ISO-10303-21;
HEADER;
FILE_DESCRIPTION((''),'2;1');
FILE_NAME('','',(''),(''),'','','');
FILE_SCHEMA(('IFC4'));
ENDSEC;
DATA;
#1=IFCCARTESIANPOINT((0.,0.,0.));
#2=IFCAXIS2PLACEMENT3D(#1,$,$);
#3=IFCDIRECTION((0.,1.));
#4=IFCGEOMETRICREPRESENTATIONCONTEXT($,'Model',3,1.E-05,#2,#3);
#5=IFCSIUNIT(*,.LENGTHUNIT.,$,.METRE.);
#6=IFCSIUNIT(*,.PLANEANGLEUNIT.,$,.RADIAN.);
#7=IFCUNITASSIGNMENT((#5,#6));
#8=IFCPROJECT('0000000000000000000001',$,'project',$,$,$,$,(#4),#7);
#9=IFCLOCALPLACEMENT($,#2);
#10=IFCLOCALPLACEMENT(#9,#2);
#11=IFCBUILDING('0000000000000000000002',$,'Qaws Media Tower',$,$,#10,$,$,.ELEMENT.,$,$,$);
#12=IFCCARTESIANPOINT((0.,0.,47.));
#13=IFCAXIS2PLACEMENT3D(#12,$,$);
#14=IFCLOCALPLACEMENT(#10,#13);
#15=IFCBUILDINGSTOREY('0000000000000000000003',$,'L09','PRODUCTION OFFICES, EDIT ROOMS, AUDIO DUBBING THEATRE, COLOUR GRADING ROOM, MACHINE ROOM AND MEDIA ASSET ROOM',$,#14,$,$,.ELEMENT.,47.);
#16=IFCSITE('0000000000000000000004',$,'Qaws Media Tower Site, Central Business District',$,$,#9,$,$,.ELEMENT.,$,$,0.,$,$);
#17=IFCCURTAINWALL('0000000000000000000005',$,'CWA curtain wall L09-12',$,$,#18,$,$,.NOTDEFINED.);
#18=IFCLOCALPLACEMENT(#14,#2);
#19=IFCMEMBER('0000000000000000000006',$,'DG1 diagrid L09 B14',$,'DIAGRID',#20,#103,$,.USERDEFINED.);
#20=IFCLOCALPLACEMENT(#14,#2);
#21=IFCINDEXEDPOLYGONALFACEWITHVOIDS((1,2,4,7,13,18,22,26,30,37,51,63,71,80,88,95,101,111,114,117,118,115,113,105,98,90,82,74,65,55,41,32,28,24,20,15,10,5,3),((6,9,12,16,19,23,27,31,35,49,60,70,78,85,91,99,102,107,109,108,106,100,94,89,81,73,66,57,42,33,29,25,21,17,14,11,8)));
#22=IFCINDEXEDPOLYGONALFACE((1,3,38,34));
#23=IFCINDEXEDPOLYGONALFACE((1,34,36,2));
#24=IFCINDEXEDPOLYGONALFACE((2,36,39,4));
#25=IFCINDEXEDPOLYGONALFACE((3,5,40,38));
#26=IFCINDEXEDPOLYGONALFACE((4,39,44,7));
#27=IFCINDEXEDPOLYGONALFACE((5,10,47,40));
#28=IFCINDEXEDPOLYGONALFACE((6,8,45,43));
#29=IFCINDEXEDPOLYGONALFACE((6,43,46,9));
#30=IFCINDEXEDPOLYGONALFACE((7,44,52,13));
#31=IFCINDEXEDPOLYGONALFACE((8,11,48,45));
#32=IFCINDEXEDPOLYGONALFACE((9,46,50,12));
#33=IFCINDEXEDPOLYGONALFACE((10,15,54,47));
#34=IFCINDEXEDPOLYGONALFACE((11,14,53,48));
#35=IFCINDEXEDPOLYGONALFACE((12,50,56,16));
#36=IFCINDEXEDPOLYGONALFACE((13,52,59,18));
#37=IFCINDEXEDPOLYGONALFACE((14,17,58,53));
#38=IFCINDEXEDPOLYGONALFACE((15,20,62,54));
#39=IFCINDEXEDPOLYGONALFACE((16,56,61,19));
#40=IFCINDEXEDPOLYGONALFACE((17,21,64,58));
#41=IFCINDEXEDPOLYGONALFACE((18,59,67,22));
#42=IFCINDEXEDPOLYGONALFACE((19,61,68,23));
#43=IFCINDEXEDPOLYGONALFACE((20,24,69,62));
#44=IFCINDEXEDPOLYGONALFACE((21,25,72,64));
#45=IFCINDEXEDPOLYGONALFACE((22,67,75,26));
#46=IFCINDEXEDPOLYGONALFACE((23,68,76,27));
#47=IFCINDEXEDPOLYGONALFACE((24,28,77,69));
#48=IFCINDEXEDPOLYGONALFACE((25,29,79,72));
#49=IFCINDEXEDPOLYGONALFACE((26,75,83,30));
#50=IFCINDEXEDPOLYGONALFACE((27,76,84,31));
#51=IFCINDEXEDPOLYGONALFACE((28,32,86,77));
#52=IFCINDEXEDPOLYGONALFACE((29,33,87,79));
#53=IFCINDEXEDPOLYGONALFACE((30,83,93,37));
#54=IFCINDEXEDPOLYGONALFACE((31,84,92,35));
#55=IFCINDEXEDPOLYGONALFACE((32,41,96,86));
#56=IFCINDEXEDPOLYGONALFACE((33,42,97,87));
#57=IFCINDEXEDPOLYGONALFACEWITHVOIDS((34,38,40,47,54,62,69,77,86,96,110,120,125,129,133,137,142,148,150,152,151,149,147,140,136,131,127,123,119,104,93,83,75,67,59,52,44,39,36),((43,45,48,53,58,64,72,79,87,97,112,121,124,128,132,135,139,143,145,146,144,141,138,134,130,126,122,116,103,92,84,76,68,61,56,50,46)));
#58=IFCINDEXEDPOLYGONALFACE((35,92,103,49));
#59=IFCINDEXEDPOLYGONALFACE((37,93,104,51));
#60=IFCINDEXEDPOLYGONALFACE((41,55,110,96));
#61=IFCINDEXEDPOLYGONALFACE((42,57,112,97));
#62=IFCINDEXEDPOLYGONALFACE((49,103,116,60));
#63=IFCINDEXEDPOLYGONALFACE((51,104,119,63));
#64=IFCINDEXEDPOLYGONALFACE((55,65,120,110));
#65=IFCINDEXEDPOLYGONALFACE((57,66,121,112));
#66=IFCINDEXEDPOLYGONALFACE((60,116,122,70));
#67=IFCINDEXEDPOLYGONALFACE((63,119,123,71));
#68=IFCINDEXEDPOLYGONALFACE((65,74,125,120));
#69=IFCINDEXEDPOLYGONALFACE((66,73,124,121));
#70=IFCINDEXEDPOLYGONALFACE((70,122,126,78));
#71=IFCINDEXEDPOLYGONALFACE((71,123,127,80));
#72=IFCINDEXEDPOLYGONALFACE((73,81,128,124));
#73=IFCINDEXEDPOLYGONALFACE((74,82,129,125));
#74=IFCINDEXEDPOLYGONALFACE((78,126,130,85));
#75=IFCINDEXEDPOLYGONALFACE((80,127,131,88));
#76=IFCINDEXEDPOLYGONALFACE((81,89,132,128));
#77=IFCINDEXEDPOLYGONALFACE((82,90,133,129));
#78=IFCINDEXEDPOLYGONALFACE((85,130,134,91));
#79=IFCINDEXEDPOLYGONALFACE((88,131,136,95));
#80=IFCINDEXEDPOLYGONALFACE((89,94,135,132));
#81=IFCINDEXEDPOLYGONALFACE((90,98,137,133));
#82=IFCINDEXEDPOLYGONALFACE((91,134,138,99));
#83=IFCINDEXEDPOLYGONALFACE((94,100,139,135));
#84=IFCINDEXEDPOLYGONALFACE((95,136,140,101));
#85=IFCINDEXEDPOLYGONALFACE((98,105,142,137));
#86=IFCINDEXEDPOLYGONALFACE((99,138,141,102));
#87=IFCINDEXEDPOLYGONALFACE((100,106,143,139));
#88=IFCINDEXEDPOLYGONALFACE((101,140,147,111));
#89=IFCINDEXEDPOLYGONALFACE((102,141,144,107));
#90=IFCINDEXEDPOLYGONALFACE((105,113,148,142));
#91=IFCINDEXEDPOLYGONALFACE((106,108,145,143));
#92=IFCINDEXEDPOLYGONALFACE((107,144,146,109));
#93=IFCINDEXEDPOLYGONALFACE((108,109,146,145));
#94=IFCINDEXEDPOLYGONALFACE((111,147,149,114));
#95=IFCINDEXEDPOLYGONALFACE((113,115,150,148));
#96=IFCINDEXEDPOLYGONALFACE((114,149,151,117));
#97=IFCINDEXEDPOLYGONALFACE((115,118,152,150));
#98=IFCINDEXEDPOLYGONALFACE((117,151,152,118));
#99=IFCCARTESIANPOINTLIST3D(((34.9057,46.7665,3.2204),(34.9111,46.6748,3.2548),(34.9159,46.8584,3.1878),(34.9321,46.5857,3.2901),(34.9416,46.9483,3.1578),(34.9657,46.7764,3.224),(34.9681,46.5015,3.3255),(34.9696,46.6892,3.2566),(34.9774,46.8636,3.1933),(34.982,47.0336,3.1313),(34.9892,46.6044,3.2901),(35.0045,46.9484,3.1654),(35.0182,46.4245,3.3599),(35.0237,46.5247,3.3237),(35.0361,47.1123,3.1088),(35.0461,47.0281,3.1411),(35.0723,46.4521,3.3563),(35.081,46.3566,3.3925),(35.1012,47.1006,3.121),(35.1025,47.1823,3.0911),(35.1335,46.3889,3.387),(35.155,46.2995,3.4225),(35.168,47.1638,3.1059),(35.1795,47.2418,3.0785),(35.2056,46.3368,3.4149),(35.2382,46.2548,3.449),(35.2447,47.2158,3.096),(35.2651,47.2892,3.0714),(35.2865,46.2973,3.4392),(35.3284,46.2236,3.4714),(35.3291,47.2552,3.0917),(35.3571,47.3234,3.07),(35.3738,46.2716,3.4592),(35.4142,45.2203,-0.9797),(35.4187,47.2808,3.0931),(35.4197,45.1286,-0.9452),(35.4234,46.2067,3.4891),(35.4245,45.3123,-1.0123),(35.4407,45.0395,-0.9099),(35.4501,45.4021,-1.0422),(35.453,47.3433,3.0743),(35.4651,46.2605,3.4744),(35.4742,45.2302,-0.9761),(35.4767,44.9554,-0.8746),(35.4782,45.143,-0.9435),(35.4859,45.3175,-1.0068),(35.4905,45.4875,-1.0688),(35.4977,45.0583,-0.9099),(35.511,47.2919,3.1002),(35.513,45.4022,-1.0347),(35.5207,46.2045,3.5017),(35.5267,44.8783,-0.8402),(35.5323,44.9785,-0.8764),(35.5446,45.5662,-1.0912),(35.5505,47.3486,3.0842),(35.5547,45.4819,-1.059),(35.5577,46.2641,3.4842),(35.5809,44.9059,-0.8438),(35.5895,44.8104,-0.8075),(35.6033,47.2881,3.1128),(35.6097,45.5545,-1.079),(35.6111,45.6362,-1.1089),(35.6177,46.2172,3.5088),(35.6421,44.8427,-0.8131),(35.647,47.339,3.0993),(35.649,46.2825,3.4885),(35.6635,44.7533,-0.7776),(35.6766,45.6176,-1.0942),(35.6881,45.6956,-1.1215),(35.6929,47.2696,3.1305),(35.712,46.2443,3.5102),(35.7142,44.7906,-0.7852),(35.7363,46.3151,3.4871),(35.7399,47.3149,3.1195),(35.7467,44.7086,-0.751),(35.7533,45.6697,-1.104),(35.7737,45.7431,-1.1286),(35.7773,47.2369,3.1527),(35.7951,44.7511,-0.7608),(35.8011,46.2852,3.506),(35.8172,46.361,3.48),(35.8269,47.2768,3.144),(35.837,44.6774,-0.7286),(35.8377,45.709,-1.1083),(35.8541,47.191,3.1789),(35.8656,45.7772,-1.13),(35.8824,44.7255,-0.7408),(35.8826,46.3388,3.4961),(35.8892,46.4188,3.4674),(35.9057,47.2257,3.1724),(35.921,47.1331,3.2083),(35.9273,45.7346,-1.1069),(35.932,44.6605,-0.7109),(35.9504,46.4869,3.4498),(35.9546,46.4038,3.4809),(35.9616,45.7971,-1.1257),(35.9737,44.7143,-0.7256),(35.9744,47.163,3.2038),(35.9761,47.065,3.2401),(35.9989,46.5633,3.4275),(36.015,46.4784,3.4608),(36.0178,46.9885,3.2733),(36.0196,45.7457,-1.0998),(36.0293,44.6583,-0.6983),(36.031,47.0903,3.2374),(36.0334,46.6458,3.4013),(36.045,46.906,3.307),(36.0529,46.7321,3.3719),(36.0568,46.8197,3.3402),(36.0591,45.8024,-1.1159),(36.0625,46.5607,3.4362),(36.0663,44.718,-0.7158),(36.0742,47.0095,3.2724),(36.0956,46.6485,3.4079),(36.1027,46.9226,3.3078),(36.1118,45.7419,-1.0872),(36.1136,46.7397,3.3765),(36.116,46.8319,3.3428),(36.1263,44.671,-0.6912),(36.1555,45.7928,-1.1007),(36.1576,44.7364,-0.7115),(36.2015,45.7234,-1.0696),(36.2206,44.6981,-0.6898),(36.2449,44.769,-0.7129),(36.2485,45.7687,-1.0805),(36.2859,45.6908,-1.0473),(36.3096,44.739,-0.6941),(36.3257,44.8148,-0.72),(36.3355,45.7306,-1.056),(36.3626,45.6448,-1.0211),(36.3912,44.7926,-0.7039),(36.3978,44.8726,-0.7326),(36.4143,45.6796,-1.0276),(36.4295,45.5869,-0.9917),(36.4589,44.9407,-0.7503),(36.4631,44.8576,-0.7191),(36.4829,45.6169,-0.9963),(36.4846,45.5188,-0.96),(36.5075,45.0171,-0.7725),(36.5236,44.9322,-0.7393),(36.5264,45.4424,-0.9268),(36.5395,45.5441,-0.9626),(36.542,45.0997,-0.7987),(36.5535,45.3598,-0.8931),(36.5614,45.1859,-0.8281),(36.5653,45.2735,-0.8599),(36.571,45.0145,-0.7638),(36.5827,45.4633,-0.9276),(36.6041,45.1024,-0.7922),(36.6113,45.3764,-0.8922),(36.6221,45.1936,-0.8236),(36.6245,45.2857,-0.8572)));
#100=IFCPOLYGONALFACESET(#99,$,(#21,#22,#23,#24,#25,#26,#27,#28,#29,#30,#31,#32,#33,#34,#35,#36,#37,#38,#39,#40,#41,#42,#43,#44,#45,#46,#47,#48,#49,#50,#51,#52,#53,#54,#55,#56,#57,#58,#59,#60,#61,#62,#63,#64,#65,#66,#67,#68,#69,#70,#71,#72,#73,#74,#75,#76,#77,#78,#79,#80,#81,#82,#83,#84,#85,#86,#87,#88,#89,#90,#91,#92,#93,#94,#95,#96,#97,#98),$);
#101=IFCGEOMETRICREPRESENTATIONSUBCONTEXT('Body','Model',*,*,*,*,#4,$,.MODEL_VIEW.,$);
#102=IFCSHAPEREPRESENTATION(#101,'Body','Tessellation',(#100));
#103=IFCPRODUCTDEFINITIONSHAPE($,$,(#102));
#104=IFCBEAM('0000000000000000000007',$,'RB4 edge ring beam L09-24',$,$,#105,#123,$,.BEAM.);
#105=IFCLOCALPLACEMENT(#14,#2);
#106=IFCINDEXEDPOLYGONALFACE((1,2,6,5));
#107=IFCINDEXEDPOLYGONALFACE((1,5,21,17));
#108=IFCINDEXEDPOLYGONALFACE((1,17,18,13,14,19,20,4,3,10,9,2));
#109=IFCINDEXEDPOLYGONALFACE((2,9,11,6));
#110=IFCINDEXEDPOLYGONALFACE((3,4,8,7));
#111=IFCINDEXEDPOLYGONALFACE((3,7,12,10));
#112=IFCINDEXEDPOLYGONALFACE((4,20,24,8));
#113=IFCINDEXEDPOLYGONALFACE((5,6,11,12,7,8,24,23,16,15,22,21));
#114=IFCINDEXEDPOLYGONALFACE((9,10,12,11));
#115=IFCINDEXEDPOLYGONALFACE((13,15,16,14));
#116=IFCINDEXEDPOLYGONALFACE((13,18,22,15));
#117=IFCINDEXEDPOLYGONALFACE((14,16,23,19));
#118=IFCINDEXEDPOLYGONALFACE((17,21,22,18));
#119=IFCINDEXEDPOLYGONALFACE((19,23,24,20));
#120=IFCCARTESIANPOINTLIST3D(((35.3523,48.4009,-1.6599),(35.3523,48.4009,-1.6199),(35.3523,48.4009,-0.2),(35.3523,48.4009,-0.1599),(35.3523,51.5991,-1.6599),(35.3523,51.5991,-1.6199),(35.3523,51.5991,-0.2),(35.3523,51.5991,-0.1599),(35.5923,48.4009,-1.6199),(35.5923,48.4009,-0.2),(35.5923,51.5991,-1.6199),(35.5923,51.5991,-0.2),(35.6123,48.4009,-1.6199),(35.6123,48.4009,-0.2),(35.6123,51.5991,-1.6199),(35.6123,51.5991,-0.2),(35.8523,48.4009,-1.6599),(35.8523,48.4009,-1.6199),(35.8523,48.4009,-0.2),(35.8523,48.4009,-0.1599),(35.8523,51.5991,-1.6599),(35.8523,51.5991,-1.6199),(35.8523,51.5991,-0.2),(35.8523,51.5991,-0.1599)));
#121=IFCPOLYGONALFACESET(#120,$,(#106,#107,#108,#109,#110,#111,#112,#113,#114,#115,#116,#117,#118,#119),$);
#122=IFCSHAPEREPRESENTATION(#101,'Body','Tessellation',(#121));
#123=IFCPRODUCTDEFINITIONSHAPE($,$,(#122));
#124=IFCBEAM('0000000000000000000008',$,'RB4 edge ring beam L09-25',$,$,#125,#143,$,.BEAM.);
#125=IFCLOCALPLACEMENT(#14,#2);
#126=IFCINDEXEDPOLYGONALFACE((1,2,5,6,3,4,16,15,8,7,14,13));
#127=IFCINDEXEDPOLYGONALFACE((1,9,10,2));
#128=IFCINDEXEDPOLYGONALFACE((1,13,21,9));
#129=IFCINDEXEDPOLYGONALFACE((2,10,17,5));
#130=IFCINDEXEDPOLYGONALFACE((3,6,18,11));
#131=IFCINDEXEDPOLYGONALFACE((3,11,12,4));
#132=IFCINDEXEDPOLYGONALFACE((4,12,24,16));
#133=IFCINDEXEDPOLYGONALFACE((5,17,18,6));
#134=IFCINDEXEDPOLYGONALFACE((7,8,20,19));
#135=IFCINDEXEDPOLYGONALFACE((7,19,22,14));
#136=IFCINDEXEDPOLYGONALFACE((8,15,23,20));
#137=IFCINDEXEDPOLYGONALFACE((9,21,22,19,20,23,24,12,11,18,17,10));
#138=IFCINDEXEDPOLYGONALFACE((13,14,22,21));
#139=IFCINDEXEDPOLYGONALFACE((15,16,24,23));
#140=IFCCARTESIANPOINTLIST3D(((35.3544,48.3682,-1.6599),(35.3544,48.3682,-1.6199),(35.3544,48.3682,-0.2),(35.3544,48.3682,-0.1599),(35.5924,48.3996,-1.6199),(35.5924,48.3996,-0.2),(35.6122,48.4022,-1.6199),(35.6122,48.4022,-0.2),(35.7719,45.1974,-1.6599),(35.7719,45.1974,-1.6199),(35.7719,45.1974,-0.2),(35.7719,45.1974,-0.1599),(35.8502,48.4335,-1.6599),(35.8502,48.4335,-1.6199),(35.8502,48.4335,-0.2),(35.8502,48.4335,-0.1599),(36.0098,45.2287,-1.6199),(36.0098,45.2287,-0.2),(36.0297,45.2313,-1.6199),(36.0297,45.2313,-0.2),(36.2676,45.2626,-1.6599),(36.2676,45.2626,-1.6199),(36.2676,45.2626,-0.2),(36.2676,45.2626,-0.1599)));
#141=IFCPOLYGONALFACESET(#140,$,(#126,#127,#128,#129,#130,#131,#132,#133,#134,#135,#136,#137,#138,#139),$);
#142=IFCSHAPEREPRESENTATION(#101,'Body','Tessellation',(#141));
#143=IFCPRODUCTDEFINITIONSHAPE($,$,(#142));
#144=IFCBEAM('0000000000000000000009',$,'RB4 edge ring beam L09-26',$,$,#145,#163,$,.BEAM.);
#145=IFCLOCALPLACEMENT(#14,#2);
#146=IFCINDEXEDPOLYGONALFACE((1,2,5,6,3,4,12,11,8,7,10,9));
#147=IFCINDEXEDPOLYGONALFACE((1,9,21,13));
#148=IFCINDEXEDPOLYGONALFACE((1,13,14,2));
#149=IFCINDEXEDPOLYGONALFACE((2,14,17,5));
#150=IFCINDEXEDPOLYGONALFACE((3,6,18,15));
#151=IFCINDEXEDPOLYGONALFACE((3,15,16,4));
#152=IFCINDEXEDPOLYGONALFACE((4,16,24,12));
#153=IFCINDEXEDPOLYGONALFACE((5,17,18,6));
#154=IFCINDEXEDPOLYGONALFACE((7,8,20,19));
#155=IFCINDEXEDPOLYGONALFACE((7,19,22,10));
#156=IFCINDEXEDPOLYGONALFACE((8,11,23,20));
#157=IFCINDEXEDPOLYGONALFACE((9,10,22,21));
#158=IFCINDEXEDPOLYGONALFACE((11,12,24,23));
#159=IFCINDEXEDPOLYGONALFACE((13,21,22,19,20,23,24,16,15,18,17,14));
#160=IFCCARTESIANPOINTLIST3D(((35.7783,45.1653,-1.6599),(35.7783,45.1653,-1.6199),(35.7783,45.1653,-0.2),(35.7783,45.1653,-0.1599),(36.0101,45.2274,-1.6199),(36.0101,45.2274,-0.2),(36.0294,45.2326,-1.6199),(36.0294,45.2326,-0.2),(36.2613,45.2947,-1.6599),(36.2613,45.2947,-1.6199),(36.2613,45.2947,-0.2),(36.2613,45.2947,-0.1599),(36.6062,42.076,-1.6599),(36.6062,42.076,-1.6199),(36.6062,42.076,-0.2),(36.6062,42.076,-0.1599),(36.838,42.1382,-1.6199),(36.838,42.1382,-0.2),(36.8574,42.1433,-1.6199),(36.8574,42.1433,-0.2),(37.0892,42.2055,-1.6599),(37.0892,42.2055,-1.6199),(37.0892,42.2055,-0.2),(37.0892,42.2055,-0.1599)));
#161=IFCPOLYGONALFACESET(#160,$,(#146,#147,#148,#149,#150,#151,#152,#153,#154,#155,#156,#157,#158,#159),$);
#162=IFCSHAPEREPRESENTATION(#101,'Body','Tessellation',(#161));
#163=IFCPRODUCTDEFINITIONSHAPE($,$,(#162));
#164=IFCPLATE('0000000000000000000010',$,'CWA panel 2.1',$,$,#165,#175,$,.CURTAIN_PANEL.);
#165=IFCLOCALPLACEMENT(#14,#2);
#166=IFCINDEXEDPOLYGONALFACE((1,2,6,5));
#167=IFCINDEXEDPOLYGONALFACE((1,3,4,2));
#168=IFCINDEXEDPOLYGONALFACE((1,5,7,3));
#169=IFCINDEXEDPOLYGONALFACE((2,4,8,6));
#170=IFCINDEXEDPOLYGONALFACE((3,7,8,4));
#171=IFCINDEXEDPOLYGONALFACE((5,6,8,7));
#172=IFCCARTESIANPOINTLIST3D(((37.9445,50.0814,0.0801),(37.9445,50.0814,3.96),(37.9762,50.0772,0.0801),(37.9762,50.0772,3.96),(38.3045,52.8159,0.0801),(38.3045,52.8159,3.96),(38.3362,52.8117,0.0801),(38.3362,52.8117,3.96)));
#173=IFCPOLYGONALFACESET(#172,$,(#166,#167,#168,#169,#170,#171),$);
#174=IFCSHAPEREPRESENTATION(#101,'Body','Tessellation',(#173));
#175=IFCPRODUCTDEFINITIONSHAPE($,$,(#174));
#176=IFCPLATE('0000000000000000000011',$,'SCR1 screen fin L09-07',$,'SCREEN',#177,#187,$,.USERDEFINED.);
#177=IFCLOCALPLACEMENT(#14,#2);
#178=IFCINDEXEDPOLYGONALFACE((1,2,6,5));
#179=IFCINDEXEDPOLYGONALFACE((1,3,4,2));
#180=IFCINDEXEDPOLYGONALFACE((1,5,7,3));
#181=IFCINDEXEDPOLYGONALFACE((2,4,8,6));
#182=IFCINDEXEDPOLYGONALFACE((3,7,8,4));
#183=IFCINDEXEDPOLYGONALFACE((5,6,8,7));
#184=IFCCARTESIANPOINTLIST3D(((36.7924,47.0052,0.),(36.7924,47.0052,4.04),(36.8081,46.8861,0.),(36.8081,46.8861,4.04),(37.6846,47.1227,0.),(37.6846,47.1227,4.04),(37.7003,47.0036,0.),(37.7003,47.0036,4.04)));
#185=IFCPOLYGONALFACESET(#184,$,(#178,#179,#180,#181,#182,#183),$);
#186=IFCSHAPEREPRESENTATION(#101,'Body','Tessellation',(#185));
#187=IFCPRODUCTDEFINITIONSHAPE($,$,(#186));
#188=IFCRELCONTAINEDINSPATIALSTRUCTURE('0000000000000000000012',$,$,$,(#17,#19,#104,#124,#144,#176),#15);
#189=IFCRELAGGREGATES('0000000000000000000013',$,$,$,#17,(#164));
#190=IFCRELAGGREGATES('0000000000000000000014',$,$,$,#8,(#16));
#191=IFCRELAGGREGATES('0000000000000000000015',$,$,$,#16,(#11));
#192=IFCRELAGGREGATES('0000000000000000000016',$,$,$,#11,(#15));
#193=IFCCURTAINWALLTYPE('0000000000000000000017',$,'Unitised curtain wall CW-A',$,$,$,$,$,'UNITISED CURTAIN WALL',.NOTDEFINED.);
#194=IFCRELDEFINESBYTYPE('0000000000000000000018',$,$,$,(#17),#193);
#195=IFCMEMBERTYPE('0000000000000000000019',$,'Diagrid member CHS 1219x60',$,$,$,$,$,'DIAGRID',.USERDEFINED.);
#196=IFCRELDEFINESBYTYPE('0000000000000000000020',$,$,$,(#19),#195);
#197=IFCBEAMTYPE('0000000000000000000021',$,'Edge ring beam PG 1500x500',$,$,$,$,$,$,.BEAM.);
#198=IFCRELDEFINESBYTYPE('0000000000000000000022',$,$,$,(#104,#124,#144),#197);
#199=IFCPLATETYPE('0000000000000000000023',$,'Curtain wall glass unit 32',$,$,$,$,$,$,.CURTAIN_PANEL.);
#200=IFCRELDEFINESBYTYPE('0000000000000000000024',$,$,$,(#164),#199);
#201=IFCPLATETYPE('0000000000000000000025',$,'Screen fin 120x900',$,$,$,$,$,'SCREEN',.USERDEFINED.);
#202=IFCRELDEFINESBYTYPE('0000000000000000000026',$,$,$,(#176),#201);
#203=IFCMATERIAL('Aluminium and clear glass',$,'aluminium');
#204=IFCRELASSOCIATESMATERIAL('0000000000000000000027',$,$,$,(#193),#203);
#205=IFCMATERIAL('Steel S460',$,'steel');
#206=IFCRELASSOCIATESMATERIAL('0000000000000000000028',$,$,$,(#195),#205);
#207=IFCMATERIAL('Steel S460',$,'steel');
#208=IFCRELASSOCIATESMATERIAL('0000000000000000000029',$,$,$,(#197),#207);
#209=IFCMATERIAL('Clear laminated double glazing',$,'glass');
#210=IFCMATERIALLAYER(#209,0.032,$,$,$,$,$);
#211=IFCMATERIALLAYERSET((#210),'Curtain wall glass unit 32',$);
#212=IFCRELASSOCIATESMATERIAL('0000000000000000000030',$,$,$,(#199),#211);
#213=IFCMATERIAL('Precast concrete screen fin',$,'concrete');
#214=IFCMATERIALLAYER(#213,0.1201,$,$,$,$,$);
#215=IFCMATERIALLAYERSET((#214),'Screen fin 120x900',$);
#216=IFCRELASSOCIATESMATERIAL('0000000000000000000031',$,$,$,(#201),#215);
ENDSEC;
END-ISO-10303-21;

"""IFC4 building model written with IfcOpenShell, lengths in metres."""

from ifc_helpers import new_model, si_unit, direction, frame, origin, origin_2d, place, context, subcontext, project, spatial, rectangle, hollow_circle, i_section, extrude, material, layer, layer_set, material_profile, profile_set, type_object, element, aggregate, save


model = new_model("IFC4")

# Units and contexts
model_context = context("Model", 3, precision=1e-05, world=origin(), true_north=direction((0.0, 1.0)))
body_context = subcontext(model_context, "Body", "Model", "MODEL_VIEW")
ifc_project = project(units=[si_unit("LENGTHUNIT", "METRE"), si_unit("PLANEANGLEUNIT", "RADIAN")], contexts=[model_context])

# Site, building, storey
site_placement = place(None, origin())
site = spatial("IfcSite", under=ifc_project, at=site_placement, Name="Qaws Media Tower Site, Central Business District", CompositionType="ELEMENT", RefElevation=0.0)
building_placement = place(site_placement, origin())
building = spatial("IfcBuilding", under=site, at=building_placement, Name="Qaws Media Tower", CompositionType="ELEMENT")
storey_placement = place(building_placement, frame((0.0, 0.0, 47.0)))
storey = spatial("IfcBuildingStorey", under=building, at=storey_placement, Name="L09", Description="PRODUCTION OFFICES, EDIT ROOMS, AUDIO DUBBING THEATRE, COLOUR GRADING ROOM, MACHINE ROOM AND MEDIA ASSET ROOM", CompositionType="ELEMENT", Elevation=47.0)

# Curtain wall
ifc_material_1 = material(Name="Aluminium and clear glass", Category="aluminium")
curtain_wall_type = type_object("IfcCurtainWallType", Name="Unitised curtain wall CW-A", ElementType="UNITISED CURTAIN WALL", PredefinedType="NOTDEFINED", material=ifc_material_1)
curtain_wall_1_placement = place(storey_placement, origin())
curtain_wall_1 = element("IfcCurtainWall", 1, at=curtain_wall_1_placement, inside=storey, type_object=curtain_wall_type, Name="CWA curtain wall L09-12", PredefinedType="NOTDEFINED")

# Member
ifc_material_2 = material(Name="Steel S460", Category="steel")
ifc_material_profile_1 = material_profile(ifc_material_2, hollow_circle(Radius=0.6096, WallThickness=0.0601, at=origin_2d()), Name="CHS 1219x60")
ifc_profile_set_1 = profile_set([ifc_material_profile_1], Name="Steel S460")
member_type_1 = type_object("IfcMemberType", Name="Diagrid member CHS 1219x60", ElementType="DIAGRID", PredefinedType="USERDEFINED", material=ifc_profile_set_1)
member_1_placement = place(storey_placement, frame((36.0198, 45.23, -0.9099), z_axis=(-0.112902, 0.343259, 0.93243), x_axis=(-0.949936, -0.312445, 0.0)))
element("IfcMember", 2, at=member_1_placement, inside=storey, type_object=member_type_1, Name="DG1 diagrid L09 B14", ObjectType="DIAGRID", PredefinedType="USERDEFINED", context=body_context, shape_type="SweptSolid", body=[
    extrude(hollow_circle(Radius=0.6096, WallThickness=0.0601, at=origin_2d()), origin(), (0.0, 0.0, 1.0), 4.5044),
])

# Beams
ifc_material_3 = material(Name="Steel S460", Category="steel")
ifc_material_profile_2 = material_profile(ifc_material_3, i_section(OverallWidth=0.5, OverallDepth=1.5, WebThickness=0.02, FlangeThickness=0.04, at=origin_2d()), Name="PG 1500x500")
ifc_profile_set_2 = profile_set([ifc_material_profile_2], Name="Steel S460")
beam_type = type_object("IfcBeamType", Name="Edge ring beam PG 1500x500", PredefinedType="BEAM", material=ifc_profile_set_2)
for number, where, z_axis, x_axis, name in (
    (3, (35.6023, 51.5991, -0.9099), (0.0, -1.0, 0.0), (1.0, 0.0, 0.0), "RB4 edge ring beam L09-24"),
    (4, (35.6023, 48.4009, -0.9099), (0.130533, -0.991444, 0.0), (0.991444, 0.130533, 0.0), "RB4 edge ring beam L09-25"),
    (5, (36.0198, 45.23, -0.9099), (0.258865, -0.965914, 0.0), (0.965914, 0.258865, 0.0), "RB4 edge ring beam L09-26"),
):
    element("IfcBeam", number, at=place(storey_placement, frame(where, z_axis=z_axis, x_axis=x_axis)), inside=storey, type_object=beam_type, Name=name, PredefinedType="BEAM", context=body_context, shape_type="SweptSolid", body=[
        extrude(i_section(OverallWidth=0.5, OverallDepth=1.5, WebThickness=0.02, FlangeThickness=0.04, at=origin_2d()), origin(), (0.0, 0.0, 1.0), 3.1982),
    ])

# Plates
ifc_material_4 = material(Name="Clear laminated double glazing", Category="glass")
ifc_layer_1 = layer(ifc_material_4, 0.032)
ifc_layer_set_1 = layer_set([ifc_layer_1], Name="Curtain wall glass unit 32")
plate_type_1 = type_object("IfcPlateType", Name="Curtain wall glass unit 32", PredefinedType="CURTAIN_PANEL", material=ifc_layer_set_1)
plate_1_placement = place(storey_placement, frame((38.1404, 51.4465, 0.0801), z_axis=(0.0, 0.0, 1.0), x_axis=(-0.130526, -0.991445, 0.0)))
plate_1 = element("IfcPlate", 6, at=plate_1_placement, type_object=plate_type_1, Name="CWA panel 2.1", PredefinedType="CURTAIN_PANEL", context=body_context, shape_type="SweptSolid", body=[
    extrude(rectangle(XDim=2.7581, YDim=0.032, at=origin_2d()), origin(), (0.0, 0.0, 1.0), 3.8799),
])
aggregate(curtain_wall_1, [plate_1])
ifc_material_5 = material(Name="Precast concrete screen fin", Category="concrete")
ifc_layer_2 = layer(ifc_material_5, 0.1201)
ifc_layer_set_2 = layer_set([ifc_layer_2], Name="Screen fin 120x900")
plate_type_2 = type_object("IfcPlateType", Name="Screen fin 120x900", ElementType="SCREEN", PredefinedType="USERDEFINED", material=ifc_layer_set_2)
plate_2_placement = place(storey_placement, frame((37.2463, 47.0044, 0.0), z_axis=(0.0, 0.0, 1.0), x_axis=(-0.991445, -0.130526, 0.0)))
element("IfcPlate", 7, at=plate_2_placement, inside=storey, type_object=plate_type_2, Name="SCR1 screen fin L09-07", ObjectType="SCREEN", PredefinedType="USERDEFINED", context=body_context, shape_type="SweptSolid", body=[
    extrude(rectangle(XDim=0.8999, YDim=0.1201, at=origin_2d()), origin(), (0.0, 0.0, 1.0), 4.04),
])

save(model, "model.ifc")
